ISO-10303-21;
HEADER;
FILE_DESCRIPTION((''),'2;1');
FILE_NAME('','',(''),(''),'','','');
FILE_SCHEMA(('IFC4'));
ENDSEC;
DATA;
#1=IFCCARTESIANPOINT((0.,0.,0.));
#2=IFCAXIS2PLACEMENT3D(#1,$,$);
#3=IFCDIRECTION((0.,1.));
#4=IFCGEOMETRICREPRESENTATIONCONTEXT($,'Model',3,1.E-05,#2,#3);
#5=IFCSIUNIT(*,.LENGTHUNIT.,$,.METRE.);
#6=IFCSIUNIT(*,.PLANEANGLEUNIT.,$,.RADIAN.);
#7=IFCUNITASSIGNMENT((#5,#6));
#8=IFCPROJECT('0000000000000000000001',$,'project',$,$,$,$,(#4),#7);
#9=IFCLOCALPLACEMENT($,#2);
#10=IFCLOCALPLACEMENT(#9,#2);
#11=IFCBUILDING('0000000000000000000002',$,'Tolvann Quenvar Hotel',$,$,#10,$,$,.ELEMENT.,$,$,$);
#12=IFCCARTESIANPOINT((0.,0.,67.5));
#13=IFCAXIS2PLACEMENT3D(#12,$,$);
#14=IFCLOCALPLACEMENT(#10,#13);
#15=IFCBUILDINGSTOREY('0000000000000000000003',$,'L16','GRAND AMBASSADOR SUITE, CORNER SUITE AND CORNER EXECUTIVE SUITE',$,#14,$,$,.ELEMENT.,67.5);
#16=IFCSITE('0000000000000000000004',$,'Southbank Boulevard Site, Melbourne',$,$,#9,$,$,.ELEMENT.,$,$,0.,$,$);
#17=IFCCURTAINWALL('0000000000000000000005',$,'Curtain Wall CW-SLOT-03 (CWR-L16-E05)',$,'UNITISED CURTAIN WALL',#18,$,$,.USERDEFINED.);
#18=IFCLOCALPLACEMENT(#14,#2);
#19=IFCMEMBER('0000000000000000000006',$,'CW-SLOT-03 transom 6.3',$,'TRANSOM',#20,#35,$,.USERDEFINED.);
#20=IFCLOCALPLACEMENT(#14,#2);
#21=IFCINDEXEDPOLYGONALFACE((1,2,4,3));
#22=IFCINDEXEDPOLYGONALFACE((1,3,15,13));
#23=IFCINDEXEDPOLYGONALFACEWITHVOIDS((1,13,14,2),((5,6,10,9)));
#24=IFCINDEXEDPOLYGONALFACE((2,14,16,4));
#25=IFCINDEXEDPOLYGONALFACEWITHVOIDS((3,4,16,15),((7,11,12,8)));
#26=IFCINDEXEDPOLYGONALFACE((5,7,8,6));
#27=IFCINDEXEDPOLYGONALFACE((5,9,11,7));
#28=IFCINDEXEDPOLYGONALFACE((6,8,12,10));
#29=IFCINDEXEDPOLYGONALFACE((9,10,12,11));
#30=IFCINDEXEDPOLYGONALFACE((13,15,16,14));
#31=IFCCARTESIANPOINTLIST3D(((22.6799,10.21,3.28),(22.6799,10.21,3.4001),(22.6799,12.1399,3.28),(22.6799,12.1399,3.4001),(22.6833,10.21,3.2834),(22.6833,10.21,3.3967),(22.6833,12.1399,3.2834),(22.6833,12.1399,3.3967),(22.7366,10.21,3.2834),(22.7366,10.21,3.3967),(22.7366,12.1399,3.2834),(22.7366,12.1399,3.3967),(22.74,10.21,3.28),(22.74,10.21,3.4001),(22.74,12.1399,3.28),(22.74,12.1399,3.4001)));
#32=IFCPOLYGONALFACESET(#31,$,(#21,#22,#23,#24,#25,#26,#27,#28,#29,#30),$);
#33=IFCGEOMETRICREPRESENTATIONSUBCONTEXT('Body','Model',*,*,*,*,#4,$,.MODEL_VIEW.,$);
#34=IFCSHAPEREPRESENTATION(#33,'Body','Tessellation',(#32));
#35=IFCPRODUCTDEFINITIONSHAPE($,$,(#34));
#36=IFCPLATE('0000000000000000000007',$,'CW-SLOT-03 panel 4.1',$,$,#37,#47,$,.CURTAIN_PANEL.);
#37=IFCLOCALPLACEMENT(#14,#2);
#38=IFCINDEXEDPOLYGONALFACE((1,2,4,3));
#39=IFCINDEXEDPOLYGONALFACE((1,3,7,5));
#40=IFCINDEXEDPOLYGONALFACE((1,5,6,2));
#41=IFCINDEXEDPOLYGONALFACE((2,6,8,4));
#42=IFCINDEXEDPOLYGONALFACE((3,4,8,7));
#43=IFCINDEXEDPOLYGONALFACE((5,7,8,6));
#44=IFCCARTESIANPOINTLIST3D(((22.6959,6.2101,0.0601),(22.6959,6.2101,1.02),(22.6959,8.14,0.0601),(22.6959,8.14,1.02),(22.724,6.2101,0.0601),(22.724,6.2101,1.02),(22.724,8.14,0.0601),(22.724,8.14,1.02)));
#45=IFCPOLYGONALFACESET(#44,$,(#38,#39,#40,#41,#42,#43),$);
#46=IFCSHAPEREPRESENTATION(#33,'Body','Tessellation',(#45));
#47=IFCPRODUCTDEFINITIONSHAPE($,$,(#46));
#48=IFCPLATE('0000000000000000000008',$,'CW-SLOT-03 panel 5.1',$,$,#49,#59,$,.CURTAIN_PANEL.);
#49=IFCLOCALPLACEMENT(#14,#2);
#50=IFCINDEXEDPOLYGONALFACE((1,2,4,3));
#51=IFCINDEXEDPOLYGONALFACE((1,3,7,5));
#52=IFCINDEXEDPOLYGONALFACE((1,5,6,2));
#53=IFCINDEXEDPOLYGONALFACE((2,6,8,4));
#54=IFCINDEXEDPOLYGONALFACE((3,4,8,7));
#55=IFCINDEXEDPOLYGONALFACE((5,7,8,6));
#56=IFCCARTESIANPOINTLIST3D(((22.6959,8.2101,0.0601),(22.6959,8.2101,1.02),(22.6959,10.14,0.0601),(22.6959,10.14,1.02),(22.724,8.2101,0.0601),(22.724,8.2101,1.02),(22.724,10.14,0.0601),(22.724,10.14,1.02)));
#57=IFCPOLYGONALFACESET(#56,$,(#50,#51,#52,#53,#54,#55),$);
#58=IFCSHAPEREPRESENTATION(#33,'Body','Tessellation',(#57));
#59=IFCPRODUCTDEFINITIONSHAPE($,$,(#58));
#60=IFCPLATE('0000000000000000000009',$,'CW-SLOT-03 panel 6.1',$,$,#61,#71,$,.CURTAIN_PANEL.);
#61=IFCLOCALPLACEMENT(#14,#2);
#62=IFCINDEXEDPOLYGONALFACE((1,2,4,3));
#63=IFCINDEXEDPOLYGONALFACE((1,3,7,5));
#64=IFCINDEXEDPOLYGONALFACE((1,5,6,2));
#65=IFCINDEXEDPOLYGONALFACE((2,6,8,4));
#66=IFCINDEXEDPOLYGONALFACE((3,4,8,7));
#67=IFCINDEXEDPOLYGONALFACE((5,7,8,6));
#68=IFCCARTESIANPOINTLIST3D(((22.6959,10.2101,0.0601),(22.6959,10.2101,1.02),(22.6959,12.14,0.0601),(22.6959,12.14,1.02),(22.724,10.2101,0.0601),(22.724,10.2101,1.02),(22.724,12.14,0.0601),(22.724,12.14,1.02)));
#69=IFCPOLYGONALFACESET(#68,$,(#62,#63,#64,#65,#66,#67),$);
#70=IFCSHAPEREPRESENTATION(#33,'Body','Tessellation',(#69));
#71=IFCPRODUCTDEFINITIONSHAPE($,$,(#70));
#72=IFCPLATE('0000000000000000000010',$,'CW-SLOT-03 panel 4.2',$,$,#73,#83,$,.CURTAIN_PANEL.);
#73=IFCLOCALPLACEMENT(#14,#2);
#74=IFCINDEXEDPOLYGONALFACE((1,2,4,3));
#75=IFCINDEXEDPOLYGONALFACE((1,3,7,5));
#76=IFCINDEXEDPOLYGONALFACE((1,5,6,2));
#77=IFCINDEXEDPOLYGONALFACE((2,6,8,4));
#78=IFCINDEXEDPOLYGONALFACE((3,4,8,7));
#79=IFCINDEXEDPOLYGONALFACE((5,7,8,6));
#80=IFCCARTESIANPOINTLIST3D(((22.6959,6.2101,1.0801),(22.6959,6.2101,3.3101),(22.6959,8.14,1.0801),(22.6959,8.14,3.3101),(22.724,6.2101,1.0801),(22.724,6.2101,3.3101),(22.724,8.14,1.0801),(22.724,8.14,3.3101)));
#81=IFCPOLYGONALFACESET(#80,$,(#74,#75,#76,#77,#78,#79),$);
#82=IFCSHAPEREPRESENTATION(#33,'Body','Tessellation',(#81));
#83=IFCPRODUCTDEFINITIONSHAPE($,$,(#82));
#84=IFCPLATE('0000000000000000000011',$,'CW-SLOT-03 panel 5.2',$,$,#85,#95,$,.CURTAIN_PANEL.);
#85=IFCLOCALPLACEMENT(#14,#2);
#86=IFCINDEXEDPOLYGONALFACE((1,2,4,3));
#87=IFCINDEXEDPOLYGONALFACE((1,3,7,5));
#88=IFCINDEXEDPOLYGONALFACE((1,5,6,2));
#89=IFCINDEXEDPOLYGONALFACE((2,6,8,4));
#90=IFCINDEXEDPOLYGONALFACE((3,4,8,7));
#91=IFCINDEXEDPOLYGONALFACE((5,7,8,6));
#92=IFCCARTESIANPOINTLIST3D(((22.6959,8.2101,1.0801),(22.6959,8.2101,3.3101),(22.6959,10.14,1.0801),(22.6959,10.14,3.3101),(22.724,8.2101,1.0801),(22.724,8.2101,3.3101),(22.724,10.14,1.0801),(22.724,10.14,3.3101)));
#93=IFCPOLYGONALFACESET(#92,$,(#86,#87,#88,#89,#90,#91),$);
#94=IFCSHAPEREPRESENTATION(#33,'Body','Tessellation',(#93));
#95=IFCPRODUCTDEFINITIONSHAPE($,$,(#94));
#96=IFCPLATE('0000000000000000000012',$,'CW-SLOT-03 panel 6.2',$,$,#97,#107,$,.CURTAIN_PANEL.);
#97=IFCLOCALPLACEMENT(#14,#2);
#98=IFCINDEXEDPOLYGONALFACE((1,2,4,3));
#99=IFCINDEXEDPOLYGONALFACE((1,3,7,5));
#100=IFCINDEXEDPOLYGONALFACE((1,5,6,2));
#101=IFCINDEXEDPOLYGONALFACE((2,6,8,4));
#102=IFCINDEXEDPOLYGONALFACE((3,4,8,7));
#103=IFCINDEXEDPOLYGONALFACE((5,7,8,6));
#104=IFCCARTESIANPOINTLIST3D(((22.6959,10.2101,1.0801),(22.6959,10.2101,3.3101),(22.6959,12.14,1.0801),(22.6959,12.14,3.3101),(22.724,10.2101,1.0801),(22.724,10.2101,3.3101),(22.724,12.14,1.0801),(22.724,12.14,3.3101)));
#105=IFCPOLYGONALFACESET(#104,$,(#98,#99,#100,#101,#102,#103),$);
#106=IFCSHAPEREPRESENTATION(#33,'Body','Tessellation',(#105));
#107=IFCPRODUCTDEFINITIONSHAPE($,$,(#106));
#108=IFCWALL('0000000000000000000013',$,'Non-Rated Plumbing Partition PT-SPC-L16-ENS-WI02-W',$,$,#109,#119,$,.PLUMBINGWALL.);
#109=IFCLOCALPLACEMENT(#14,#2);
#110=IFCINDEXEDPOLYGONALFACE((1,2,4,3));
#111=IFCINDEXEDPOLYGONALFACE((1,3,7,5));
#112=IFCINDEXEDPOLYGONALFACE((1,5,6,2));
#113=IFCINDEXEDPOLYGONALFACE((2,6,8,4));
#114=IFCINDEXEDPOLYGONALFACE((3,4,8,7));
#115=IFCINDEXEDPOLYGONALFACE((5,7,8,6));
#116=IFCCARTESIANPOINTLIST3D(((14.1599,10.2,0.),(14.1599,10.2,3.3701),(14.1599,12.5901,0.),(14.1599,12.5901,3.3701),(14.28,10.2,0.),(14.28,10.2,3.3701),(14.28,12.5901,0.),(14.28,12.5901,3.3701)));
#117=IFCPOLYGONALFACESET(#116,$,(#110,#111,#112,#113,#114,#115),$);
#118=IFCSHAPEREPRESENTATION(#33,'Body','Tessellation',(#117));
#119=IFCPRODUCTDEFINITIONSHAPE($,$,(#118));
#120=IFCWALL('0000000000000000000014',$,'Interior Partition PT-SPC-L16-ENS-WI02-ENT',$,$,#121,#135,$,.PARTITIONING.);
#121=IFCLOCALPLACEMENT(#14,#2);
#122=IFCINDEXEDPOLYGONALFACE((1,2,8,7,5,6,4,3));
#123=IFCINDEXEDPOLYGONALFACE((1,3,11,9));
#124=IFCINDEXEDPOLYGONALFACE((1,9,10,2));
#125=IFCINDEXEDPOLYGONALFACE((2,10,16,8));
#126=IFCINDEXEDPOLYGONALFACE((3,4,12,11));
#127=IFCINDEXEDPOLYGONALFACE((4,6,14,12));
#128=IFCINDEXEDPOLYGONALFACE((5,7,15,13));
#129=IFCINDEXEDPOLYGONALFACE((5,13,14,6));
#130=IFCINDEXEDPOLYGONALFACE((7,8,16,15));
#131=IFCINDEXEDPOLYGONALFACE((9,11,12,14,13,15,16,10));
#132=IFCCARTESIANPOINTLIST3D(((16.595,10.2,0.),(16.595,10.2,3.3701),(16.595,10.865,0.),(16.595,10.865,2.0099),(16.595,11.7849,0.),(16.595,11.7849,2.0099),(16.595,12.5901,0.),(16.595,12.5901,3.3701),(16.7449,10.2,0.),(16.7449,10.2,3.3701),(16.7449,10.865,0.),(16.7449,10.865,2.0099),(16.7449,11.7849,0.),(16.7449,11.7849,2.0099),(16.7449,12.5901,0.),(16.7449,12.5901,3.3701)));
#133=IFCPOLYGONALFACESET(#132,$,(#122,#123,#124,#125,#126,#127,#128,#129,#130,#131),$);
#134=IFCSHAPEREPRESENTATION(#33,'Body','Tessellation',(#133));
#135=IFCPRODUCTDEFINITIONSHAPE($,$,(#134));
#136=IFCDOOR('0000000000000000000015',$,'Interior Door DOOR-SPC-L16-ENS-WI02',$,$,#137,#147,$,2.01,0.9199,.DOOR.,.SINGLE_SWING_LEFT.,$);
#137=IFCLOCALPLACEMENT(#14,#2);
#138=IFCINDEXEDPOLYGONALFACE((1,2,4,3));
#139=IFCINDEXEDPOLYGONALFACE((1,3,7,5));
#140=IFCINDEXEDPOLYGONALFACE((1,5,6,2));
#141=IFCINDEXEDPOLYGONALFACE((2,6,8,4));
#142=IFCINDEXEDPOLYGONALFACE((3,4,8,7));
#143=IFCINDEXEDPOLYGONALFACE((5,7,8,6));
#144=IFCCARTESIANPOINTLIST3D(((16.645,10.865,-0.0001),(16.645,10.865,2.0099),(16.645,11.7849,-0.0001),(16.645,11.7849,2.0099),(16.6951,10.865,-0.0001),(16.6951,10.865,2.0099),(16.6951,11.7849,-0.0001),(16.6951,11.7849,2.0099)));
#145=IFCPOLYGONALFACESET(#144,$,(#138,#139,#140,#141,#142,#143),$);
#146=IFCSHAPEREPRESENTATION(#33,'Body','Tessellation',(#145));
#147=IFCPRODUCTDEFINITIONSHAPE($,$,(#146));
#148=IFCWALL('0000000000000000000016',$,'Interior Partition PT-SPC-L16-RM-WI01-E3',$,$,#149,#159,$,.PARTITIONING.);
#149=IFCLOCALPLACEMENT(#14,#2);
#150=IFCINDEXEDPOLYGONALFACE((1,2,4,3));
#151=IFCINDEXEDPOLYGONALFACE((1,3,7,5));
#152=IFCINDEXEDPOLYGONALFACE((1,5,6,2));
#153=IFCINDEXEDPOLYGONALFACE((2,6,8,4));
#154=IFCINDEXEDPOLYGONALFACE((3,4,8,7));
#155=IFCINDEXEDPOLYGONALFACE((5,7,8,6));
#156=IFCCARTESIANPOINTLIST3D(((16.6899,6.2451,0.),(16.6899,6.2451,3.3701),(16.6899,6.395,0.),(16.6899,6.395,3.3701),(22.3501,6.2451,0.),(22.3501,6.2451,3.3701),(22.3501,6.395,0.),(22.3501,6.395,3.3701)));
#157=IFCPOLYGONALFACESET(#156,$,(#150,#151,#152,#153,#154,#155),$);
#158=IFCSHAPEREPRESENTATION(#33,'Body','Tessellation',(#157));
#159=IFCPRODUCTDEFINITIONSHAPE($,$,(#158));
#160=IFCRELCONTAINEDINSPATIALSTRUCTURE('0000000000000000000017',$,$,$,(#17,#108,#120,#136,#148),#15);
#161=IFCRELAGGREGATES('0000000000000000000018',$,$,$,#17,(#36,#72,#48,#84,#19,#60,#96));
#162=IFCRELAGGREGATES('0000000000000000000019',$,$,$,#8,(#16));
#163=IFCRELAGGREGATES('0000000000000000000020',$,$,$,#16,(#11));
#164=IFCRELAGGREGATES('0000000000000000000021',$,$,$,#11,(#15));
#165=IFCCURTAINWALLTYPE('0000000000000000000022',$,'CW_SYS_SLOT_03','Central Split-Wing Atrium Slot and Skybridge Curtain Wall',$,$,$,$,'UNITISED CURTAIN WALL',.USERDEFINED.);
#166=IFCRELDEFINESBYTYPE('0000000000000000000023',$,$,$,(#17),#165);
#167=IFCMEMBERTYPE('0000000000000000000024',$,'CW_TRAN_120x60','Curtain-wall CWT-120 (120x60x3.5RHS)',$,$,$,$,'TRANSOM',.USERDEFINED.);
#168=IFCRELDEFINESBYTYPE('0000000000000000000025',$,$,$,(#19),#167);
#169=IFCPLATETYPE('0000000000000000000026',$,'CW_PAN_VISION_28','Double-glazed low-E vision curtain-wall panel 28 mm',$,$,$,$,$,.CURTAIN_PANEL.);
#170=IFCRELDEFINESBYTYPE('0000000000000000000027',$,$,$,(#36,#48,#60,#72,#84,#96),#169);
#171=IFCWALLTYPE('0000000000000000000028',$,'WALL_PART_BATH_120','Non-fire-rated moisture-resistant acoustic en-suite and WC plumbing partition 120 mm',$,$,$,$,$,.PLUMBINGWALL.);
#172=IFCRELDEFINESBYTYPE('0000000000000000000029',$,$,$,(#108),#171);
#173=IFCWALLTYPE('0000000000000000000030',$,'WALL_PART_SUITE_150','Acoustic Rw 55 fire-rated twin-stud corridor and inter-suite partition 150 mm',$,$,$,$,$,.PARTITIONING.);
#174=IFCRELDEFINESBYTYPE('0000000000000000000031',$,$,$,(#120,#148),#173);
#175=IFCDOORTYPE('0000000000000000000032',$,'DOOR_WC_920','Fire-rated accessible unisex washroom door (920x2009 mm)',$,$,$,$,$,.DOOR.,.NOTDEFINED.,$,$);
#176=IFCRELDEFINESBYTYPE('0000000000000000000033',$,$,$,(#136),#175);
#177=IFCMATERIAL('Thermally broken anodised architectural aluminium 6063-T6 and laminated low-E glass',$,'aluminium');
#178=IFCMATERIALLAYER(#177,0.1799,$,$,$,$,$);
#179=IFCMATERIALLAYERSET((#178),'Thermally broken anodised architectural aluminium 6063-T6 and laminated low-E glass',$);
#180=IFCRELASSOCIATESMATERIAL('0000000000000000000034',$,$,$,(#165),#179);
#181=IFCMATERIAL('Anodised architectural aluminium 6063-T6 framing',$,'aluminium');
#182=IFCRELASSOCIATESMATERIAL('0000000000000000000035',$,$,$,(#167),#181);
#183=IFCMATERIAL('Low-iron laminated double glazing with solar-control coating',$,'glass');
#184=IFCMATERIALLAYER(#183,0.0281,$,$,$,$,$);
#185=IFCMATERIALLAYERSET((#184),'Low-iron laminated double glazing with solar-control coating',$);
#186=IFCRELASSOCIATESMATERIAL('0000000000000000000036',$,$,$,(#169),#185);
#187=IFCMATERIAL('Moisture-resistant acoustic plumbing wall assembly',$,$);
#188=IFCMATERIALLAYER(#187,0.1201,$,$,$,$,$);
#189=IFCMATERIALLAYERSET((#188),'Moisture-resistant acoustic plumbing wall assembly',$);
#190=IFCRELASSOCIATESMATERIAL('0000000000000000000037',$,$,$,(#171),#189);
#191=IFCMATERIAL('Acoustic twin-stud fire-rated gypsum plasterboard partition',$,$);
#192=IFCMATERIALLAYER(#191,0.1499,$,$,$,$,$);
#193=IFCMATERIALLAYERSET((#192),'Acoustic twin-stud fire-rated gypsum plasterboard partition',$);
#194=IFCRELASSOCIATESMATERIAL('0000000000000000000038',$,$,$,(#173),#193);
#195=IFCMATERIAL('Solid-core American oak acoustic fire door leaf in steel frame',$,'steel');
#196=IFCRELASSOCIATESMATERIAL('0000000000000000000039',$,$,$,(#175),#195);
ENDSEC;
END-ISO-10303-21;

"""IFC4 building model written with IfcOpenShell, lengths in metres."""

from ifc_helpers import new_model, si_unit, direction, frame, frame_2d, origin, origin_2d, place, context, subcontext, project, spatial, rectangle, hollow_rectangle, extrude, source, transform, mapped, material, layer, layer_set, material_profile, profile_set, type_object, type_shapes, element, fill, aggregate, save


model = new_model("IFC4")

# Units and contexts
model_context = context("Model", 3, precision=1e-05, world=origin(), true_north=direction((0.0, 1.0)))
body_context = subcontext(model_context, "Body", "Model", "MODEL_VIEW")
ifc_project = project(units=[si_unit("LENGTHUNIT", "METRE"), si_unit("PLANEANGLEUNIT", "RADIAN")], contexts=[model_context])

# Site, building, storey
site_placement = place(None, origin())
site = spatial("IfcSite", under=ifc_project, at=site_placement, Name="Southbank Boulevard Site, Melbourne", CompositionType="ELEMENT", RefElevation=0.0)
building_placement = place(site_placement, origin())
building = spatial("IfcBuilding", under=site, at=building_placement, Name="Tolvann Quenvar Hotel", CompositionType="ELEMENT")
storey_placement = place(building_placement, frame((0.0, 0.0, 67.5)))
storey = spatial("IfcBuildingStorey", under=building, at=storey_placement, Name="L16", Description="GRAND AMBASSADOR SUITE, CORNER SUITE AND CORNER EXECUTIVE SUITE", CompositionType="ELEMENT", Elevation=67.5)

# Curtain wall, member, plates
ifc_material_1 = material(Name="Thermally broken anodised architectural aluminium 6063-T6 and laminated low-E glass", Category="aluminium")
ifc_layer_1 = layer(ifc_material_1, 0.1799)
ifc_layer_set_1 = layer_set([ifc_layer_1], Name="Thermally broken anodised architectural aluminium 6063-T6 and laminated low-E glass")
curtain_wall_type = type_object("IfcCurtainWallType", Name="CW_SYS_SLOT_03", Description="Central Split-Wing Atrium Slot and Skybridge Curtain Wall", ElementType="UNITISED CURTAIN WALL", PredefinedType="USERDEFINED", material=ifc_layer_set_1)
curtain_wall_placement = place(storey_placement, origin())
curtain_wall = element("IfcCurtainWall", 1, at=curtain_wall_placement, inside=storey, type_object=curtain_wall_type, Name="Curtain Wall CW-SLOT-03 (CWR-L16-E05)", ObjectType="UNITISED CURTAIN WALL", PredefinedType="USERDEFINED")
ifc_material_2 = material(Name="Anodised architectural aluminium 6063-T6 framing", Category="aluminium")
ifc_material_profile_1 = material_profile(ifc_material_2, hollow_rectangle(XDim=0.0601, YDim=0.1201, WallThickness=0.0034, at=origin_2d()), Name="120x60x3.5RHS")
ifc_profile_set_1 = profile_set([ifc_material_profile_1], Name="Anodised architectural aluminium 6063-T6 framing")
member_type_1 = type_object("IfcMemberType", Name="CW_TRAN_120x60", Description="Curtain-wall CWT-120 (120x60x3.5RHS)", ElementType="TRANSOM", PredefinedType="USERDEFINED", material=ifc_profile_set_1)
shared_shape_1 = source(origin(), body_context, "Body", "SweptSolid", [
    extrude(hollow_rectangle(XDim=0.0601, YDim=0.1201, WallThickness=0.0034, at=origin_2d()), origin(), (0.0, 0.0, 1.0), 1.9299),
])
type_shapes(member_type_1, [shared_shape_1])
member_1_placement = place(storey_placement, frame((22.71, 10.21, 3.3401), z_axis=(0.0, 1.0, 0.0), x_axis=(-1.0, 0.0, 0.0)))
member_1 = element("IfcMember", 2, at=member_1_placement, type_object=member_type_1, Name="CW-SLOT-03 transom 6.3", ObjectType="TRANSOM", PredefinedType="USERDEFINED", context=body_context, shape_type="MappedRepresentation", body=[
    mapped(shared_shape_1, transform((0.0, 0.0, 0.0), x_axis=(1.0, 0.0, 0.0), y_axis=(0.0, 1.0, 0.0), z_axis=(0.0, 0.0, 1.0), scale=1.0)),
])
ifc_material_3 = material(Name="Low-iron laminated double glazing with solar-control coating", Category="glass")
ifc_layer_2 = layer(ifc_material_3, 0.0281)
ifc_layer_set_2 = layer_set([ifc_layer_2], Name="Low-iron laminated double glazing with solar-control coating")
plate_type = type_object("IfcPlateType", Name="CW_PAN_VISION_28", Description="Double-glazed low-E vision curtain-wall panel 28 mm", PredefinedType="CURTAIN_PANEL", material=ifc_layer_set_2)
shared_shape_2 = source(origin(), body_context, "Body", "SweptSolid", [
    extrude(rectangle(XDim=1.9299, YDim=0.0281, at=origin_2d()), origin(), (0.0, 0.0, 1.0), 0.96),
])
plate_1_placement = place(storey_placement, frame((22.71, 7.175, 0.0601), z_axis=(0.0, 0.0, 1.0), x_axis=(0.0, 1.0, 0.0)))
plate_1 = element("IfcPlate", 3, at=plate_1_placement, type_object=plate_type, Name="CW-SLOT-03 panel 4.1", PredefinedType="CURTAIN_PANEL", context=body_context, shape_type="MappedRepresentation", body=[
    mapped(shared_shape_2, transform((0.0, 0.0, 0.0), x_axis=(1.0, 0.0, 0.0), y_axis=(0.0, 1.0, 0.0), z_axis=(0.0, 0.0, 1.0), scale=1.0)),
])
plate_2_placement = place(storey_placement, frame((22.71, 9.175, 0.0601), z_axis=(0.0, 0.0, 1.0), x_axis=(0.0, 1.0, 0.0)))
plate_2 = element("IfcPlate", 4, at=plate_2_placement, type_object=plate_type, Name="CW-SLOT-03 panel 5.1", PredefinedType="CURTAIN_PANEL", context=body_context, shape_type="MappedRepresentation", body=[
    mapped(shared_shape_2, transform((0.0, 0.0, 0.0), x_axis=(1.0, 0.0, 0.0), y_axis=(0.0, 1.0, 0.0), z_axis=(0.0, 0.0, 1.0), scale=1.0)),
])
plate_3_placement = place(storey_placement, frame((22.71, 11.175, 0.0601), z_axis=(0.0, 0.0, 1.0), x_axis=(0.0, 1.0, 0.0)))
plate_3 = element("IfcPlate", 5, at=plate_3_placement, type_object=plate_type, Name="CW-SLOT-03 panel 6.1", PredefinedType="CURTAIN_PANEL", context=body_context, shape_type="MappedRepresentation", body=[
    mapped(shared_shape_2, transform((0.0, 0.0, 0.0), x_axis=(1.0, 0.0, 0.0), y_axis=(0.0, 1.0, 0.0), z_axis=(0.0, 0.0, 1.0), scale=1.0)),
])
shared_shape_3 = source(origin(), body_context, "Body", "SweptSolid", [
    extrude(rectangle(XDim=1.9299, YDim=0.0281, at=origin_2d()), origin(), (0.0, 0.0, 1.0), 2.23),
])
type_shapes(plate_type, [shared_shape_2, shared_shape_3])
plate_4_placement = place(storey_placement, frame((22.71, 7.175, 1.0801), z_axis=(0.0, 0.0, 1.0), x_axis=(0.0, 1.0, 0.0)))
plate_4 = element("IfcPlate", 6, at=plate_4_placement, type_object=plate_type, Name="CW-SLOT-03 panel 4.2", PredefinedType="CURTAIN_PANEL", context=body_context, shape_type="MappedRepresentation", body=[
    mapped(shared_shape_3, transform((0.0, 0.0, 0.0), x_axis=(1.0, 0.0, 0.0), y_axis=(0.0, 1.0, 0.0), z_axis=(0.0, 0.0, 1.0), scale=1.0)),
])
plate_5_placement = place(storey_placement, frame((22.71, 9.175, 1.0801), z_axis=(0.0, 0.0, 1.0), x_axis=(0.0, 1.0, 0.0)))
plate_5 = element("IfcPlate", 7, at=plate_5_placement, type_object=plate_type, Name="CW-SLOT-03 panel 5.2", PredefinedType="CURTAIN_PANEL", context=body_context, shape_type="MappedRepresentation", body=[
    mapped(shared_shape_3, transform((0.0, 0.0, 0.0), x_axis=(1.0, 0.0, 0.0), y_axis=(0.0, 1.0, 0.0), z_axis=(0.0, 0.0, 1.0), scale=1.0)),
])
plate_6_placement = place(storey_placement, frame((22.71, 11.175, 1.0801), z_axis=(0.0, 0.0, 1.0), x_axis=(0.0, 1.0, 0.0)))
plate_6 = element("IfcPlate", 8, at=plate_6_placement, type_object=plate_type, Name="CW-SLOT-03 panel 6.2", PredefinedType="CURTAIN_PANEL", context=body_context, shape_type="MappedRepresentation", body=[
    mapped(shared_shape_3, transform((0.0, 0.0, 0.0), x_axis=(1.0, 0.0, 0.0), y_axis=(0.0, 1.0, 0.0), z_axis=(0.0, 0.0, 1.0), scale=1.0)),
])
aggregate(curtain_wall, [plate_1, plate_4, plate_2, plate_5, member_1, plate_3, plate_6])

# Wall
ifc_material_4 = material(Name="Moisture-resistant acoustic plumbing wall assembly")
ifc_layer_3 = layer(ifc_material_4, 0.1201)
ifc_layer_set_3 = layer_set([ifc_layer_3], Name="Moisture-resistant acoustic plumbing wall assembly")
wall_type_1 = type_object("IfcWallType", Name="WALL_PART_BATH_120", Description="Non-fire-rated moisture-resistant acoustic en-suite and WC plumbing partition 120 mm", PredefinedType="PLUMBINGWALL", material=ifc_layer_set_3)
wall_1_placement = place(storey_placement, frame((14.22, 10.2, 0.0), z_axis=(0.0, 0.0, 1.0), x_axis=(0.0, 1.0, 0.0)))
element("IfcWall", 9, at=wall_1_placement, inside=storey, type_object=wall_type_1, Name="Non-Rated Plumbing Partition PT-SPC-L16-ENS-WI02-W", PredefinedType="PLUMBINGWALL", context=body_context, shape_type="SweptSolid", body=[
    extrude(rectangle(XDim=2.3901, YDim=0.1201, at=frame_2d((1.1951, 0.0))), origin(), (0.0, 0.0, 1.0), 3.3701),
])

# Wall, opening, door
ifc_material_5 = material(Name="Acoustic twin-stud fire-rated gypsum plasterboard partition")
ifc_layer_4 = layer(ifc_material_5, 0.1499)
ifc_layer_set_4 = layer_set([ifc_layer_4], Name="Acoustic twin-stud fire-rated gypsum plasterboard partition")
wall_type_2 = type_object("IfcWallType", Name="WALL_PART_SUITE_150", Description="Acoustic Rw 55 fire-rated twin-stud corridor and inter-suite partition 150 mm", PredefinedType="PARTITIONING", material=ifc_layer_set_4)
wall_2_placement = place(storey_placement, frame((16.6699, 10.2, 0.0), z_axis=(0.0, 0.0, 1.0), x_axis=(0.0, 1.0, 0.0)))
wall_2 = element("IfcWall", 10, at=wall_2_placement, inside=storey, type_object=wall_type_2, Name="Interior Partition PT-SPC-L16-ENS-WI02-ENT", PredefinedType="PARTITIONING", context=body_context, shape_type="SweptSolid", body=[
    extrude(rectangle(XDim=2.3901, YDim=0.1499, at=frame_2d((1.1951, 0.0))), origin(), (0.0, 0.0, 1.0), 3.3701),
])
opening_1_placement = place(wall_2_placement, frame((0.665, 0.0, 0.0)))
opening_1 = element("IfcOpeningElement", 11, at=opening_1_placement, cuts=wall_2, PredefinedType="OPENING", context=body_context, shape_type="SweptSolid", body=[
    extrude(rectangle(XDim=0.9199, YDim=2.01, at=frame_2d((0.46, 1.0049))), frame((0.0, 0.085, 0.0), z_axis=(0.0, -1.0, 0.0), x_axis=(1.0, 0.0, 0.0)), (0.0, 0.0, 1.0), 0.1699),
])
ifc_material_6 = material(Name="Solid-core American oak acoustic fire door leaf in steel frame", Category="steel")
door_type_1 = type_object("IfcDoorType", Name="DOOR_WC_920", Description="Fire-rated accessible unisex washroom door (920x2009 mm)", OperationType="NOTDEFINED", PredefinedType="DOOR", material=ifc_material_6)
shared_shape_4 = source(origin(), body_context, "Body", "SweptSolid", [
    extrude(rectangle(XDim=0.9199, YDim=2.01, at=frame_2d((0.46, 1.0049))), frame((0.0, 0.0249, 0.0), z_axis=(0.0, -1.0, 0.0), x_axis=(1.0, 0.0, 0.0)), (0.0, 0.0, 1.0), 0.05),
])
type_shapes(door_type_1, [shared_shape_4])
door_1_placement = place(opening_1_placement, origin())
door_1 = element("IfcDoor", 12, at=door_1_placement, inside=storey, type_object=door_type_1, Name="Interior Door DOOR-SPC-L16-ENS-WI02", OperationType="SINGLE_SWING_LEFT", OverallHeight=2.01, OverallWidth=0.9199, PredefinedType="DOOR", context=body_context, shape_type="MappedRepresentation", body=[
    mapped(shared_shape_4, transform((0.0, 0.0, 0.0), x_axis=(1.0, 0.0, 0.0), y_axis=(0.0, 1.0, 0.0), z_axis=(0.0, 0.0, 1.0), scale=1.0)),
])
fill(opening_1, door_1)

# Wall
wall_3_placement = place(storey_placement, frame((16.6899, 6.3201, 0.0), z_axis=(0.0, 0.0, 1.0), x_axis=(1.0, 0.0, 0.0)))
element("IfcWall", 13, at=wall_3_placement, inside=storey, type_object=wall_type_2, Name="Interior Partition PT-SPC-L16-RM-WI01-E3", PredefinedType="PARTITIONING", context=body_context, shape_type="SweptSolid", body=[
    extrude(rectangle(XDim=5.6602, YDim=0.1499, at=frame_2d((2.8301, 0.0))), origin(), (0.0, 0.0, 1.0), 3.3701),
])

save(model, "model.ifc")
